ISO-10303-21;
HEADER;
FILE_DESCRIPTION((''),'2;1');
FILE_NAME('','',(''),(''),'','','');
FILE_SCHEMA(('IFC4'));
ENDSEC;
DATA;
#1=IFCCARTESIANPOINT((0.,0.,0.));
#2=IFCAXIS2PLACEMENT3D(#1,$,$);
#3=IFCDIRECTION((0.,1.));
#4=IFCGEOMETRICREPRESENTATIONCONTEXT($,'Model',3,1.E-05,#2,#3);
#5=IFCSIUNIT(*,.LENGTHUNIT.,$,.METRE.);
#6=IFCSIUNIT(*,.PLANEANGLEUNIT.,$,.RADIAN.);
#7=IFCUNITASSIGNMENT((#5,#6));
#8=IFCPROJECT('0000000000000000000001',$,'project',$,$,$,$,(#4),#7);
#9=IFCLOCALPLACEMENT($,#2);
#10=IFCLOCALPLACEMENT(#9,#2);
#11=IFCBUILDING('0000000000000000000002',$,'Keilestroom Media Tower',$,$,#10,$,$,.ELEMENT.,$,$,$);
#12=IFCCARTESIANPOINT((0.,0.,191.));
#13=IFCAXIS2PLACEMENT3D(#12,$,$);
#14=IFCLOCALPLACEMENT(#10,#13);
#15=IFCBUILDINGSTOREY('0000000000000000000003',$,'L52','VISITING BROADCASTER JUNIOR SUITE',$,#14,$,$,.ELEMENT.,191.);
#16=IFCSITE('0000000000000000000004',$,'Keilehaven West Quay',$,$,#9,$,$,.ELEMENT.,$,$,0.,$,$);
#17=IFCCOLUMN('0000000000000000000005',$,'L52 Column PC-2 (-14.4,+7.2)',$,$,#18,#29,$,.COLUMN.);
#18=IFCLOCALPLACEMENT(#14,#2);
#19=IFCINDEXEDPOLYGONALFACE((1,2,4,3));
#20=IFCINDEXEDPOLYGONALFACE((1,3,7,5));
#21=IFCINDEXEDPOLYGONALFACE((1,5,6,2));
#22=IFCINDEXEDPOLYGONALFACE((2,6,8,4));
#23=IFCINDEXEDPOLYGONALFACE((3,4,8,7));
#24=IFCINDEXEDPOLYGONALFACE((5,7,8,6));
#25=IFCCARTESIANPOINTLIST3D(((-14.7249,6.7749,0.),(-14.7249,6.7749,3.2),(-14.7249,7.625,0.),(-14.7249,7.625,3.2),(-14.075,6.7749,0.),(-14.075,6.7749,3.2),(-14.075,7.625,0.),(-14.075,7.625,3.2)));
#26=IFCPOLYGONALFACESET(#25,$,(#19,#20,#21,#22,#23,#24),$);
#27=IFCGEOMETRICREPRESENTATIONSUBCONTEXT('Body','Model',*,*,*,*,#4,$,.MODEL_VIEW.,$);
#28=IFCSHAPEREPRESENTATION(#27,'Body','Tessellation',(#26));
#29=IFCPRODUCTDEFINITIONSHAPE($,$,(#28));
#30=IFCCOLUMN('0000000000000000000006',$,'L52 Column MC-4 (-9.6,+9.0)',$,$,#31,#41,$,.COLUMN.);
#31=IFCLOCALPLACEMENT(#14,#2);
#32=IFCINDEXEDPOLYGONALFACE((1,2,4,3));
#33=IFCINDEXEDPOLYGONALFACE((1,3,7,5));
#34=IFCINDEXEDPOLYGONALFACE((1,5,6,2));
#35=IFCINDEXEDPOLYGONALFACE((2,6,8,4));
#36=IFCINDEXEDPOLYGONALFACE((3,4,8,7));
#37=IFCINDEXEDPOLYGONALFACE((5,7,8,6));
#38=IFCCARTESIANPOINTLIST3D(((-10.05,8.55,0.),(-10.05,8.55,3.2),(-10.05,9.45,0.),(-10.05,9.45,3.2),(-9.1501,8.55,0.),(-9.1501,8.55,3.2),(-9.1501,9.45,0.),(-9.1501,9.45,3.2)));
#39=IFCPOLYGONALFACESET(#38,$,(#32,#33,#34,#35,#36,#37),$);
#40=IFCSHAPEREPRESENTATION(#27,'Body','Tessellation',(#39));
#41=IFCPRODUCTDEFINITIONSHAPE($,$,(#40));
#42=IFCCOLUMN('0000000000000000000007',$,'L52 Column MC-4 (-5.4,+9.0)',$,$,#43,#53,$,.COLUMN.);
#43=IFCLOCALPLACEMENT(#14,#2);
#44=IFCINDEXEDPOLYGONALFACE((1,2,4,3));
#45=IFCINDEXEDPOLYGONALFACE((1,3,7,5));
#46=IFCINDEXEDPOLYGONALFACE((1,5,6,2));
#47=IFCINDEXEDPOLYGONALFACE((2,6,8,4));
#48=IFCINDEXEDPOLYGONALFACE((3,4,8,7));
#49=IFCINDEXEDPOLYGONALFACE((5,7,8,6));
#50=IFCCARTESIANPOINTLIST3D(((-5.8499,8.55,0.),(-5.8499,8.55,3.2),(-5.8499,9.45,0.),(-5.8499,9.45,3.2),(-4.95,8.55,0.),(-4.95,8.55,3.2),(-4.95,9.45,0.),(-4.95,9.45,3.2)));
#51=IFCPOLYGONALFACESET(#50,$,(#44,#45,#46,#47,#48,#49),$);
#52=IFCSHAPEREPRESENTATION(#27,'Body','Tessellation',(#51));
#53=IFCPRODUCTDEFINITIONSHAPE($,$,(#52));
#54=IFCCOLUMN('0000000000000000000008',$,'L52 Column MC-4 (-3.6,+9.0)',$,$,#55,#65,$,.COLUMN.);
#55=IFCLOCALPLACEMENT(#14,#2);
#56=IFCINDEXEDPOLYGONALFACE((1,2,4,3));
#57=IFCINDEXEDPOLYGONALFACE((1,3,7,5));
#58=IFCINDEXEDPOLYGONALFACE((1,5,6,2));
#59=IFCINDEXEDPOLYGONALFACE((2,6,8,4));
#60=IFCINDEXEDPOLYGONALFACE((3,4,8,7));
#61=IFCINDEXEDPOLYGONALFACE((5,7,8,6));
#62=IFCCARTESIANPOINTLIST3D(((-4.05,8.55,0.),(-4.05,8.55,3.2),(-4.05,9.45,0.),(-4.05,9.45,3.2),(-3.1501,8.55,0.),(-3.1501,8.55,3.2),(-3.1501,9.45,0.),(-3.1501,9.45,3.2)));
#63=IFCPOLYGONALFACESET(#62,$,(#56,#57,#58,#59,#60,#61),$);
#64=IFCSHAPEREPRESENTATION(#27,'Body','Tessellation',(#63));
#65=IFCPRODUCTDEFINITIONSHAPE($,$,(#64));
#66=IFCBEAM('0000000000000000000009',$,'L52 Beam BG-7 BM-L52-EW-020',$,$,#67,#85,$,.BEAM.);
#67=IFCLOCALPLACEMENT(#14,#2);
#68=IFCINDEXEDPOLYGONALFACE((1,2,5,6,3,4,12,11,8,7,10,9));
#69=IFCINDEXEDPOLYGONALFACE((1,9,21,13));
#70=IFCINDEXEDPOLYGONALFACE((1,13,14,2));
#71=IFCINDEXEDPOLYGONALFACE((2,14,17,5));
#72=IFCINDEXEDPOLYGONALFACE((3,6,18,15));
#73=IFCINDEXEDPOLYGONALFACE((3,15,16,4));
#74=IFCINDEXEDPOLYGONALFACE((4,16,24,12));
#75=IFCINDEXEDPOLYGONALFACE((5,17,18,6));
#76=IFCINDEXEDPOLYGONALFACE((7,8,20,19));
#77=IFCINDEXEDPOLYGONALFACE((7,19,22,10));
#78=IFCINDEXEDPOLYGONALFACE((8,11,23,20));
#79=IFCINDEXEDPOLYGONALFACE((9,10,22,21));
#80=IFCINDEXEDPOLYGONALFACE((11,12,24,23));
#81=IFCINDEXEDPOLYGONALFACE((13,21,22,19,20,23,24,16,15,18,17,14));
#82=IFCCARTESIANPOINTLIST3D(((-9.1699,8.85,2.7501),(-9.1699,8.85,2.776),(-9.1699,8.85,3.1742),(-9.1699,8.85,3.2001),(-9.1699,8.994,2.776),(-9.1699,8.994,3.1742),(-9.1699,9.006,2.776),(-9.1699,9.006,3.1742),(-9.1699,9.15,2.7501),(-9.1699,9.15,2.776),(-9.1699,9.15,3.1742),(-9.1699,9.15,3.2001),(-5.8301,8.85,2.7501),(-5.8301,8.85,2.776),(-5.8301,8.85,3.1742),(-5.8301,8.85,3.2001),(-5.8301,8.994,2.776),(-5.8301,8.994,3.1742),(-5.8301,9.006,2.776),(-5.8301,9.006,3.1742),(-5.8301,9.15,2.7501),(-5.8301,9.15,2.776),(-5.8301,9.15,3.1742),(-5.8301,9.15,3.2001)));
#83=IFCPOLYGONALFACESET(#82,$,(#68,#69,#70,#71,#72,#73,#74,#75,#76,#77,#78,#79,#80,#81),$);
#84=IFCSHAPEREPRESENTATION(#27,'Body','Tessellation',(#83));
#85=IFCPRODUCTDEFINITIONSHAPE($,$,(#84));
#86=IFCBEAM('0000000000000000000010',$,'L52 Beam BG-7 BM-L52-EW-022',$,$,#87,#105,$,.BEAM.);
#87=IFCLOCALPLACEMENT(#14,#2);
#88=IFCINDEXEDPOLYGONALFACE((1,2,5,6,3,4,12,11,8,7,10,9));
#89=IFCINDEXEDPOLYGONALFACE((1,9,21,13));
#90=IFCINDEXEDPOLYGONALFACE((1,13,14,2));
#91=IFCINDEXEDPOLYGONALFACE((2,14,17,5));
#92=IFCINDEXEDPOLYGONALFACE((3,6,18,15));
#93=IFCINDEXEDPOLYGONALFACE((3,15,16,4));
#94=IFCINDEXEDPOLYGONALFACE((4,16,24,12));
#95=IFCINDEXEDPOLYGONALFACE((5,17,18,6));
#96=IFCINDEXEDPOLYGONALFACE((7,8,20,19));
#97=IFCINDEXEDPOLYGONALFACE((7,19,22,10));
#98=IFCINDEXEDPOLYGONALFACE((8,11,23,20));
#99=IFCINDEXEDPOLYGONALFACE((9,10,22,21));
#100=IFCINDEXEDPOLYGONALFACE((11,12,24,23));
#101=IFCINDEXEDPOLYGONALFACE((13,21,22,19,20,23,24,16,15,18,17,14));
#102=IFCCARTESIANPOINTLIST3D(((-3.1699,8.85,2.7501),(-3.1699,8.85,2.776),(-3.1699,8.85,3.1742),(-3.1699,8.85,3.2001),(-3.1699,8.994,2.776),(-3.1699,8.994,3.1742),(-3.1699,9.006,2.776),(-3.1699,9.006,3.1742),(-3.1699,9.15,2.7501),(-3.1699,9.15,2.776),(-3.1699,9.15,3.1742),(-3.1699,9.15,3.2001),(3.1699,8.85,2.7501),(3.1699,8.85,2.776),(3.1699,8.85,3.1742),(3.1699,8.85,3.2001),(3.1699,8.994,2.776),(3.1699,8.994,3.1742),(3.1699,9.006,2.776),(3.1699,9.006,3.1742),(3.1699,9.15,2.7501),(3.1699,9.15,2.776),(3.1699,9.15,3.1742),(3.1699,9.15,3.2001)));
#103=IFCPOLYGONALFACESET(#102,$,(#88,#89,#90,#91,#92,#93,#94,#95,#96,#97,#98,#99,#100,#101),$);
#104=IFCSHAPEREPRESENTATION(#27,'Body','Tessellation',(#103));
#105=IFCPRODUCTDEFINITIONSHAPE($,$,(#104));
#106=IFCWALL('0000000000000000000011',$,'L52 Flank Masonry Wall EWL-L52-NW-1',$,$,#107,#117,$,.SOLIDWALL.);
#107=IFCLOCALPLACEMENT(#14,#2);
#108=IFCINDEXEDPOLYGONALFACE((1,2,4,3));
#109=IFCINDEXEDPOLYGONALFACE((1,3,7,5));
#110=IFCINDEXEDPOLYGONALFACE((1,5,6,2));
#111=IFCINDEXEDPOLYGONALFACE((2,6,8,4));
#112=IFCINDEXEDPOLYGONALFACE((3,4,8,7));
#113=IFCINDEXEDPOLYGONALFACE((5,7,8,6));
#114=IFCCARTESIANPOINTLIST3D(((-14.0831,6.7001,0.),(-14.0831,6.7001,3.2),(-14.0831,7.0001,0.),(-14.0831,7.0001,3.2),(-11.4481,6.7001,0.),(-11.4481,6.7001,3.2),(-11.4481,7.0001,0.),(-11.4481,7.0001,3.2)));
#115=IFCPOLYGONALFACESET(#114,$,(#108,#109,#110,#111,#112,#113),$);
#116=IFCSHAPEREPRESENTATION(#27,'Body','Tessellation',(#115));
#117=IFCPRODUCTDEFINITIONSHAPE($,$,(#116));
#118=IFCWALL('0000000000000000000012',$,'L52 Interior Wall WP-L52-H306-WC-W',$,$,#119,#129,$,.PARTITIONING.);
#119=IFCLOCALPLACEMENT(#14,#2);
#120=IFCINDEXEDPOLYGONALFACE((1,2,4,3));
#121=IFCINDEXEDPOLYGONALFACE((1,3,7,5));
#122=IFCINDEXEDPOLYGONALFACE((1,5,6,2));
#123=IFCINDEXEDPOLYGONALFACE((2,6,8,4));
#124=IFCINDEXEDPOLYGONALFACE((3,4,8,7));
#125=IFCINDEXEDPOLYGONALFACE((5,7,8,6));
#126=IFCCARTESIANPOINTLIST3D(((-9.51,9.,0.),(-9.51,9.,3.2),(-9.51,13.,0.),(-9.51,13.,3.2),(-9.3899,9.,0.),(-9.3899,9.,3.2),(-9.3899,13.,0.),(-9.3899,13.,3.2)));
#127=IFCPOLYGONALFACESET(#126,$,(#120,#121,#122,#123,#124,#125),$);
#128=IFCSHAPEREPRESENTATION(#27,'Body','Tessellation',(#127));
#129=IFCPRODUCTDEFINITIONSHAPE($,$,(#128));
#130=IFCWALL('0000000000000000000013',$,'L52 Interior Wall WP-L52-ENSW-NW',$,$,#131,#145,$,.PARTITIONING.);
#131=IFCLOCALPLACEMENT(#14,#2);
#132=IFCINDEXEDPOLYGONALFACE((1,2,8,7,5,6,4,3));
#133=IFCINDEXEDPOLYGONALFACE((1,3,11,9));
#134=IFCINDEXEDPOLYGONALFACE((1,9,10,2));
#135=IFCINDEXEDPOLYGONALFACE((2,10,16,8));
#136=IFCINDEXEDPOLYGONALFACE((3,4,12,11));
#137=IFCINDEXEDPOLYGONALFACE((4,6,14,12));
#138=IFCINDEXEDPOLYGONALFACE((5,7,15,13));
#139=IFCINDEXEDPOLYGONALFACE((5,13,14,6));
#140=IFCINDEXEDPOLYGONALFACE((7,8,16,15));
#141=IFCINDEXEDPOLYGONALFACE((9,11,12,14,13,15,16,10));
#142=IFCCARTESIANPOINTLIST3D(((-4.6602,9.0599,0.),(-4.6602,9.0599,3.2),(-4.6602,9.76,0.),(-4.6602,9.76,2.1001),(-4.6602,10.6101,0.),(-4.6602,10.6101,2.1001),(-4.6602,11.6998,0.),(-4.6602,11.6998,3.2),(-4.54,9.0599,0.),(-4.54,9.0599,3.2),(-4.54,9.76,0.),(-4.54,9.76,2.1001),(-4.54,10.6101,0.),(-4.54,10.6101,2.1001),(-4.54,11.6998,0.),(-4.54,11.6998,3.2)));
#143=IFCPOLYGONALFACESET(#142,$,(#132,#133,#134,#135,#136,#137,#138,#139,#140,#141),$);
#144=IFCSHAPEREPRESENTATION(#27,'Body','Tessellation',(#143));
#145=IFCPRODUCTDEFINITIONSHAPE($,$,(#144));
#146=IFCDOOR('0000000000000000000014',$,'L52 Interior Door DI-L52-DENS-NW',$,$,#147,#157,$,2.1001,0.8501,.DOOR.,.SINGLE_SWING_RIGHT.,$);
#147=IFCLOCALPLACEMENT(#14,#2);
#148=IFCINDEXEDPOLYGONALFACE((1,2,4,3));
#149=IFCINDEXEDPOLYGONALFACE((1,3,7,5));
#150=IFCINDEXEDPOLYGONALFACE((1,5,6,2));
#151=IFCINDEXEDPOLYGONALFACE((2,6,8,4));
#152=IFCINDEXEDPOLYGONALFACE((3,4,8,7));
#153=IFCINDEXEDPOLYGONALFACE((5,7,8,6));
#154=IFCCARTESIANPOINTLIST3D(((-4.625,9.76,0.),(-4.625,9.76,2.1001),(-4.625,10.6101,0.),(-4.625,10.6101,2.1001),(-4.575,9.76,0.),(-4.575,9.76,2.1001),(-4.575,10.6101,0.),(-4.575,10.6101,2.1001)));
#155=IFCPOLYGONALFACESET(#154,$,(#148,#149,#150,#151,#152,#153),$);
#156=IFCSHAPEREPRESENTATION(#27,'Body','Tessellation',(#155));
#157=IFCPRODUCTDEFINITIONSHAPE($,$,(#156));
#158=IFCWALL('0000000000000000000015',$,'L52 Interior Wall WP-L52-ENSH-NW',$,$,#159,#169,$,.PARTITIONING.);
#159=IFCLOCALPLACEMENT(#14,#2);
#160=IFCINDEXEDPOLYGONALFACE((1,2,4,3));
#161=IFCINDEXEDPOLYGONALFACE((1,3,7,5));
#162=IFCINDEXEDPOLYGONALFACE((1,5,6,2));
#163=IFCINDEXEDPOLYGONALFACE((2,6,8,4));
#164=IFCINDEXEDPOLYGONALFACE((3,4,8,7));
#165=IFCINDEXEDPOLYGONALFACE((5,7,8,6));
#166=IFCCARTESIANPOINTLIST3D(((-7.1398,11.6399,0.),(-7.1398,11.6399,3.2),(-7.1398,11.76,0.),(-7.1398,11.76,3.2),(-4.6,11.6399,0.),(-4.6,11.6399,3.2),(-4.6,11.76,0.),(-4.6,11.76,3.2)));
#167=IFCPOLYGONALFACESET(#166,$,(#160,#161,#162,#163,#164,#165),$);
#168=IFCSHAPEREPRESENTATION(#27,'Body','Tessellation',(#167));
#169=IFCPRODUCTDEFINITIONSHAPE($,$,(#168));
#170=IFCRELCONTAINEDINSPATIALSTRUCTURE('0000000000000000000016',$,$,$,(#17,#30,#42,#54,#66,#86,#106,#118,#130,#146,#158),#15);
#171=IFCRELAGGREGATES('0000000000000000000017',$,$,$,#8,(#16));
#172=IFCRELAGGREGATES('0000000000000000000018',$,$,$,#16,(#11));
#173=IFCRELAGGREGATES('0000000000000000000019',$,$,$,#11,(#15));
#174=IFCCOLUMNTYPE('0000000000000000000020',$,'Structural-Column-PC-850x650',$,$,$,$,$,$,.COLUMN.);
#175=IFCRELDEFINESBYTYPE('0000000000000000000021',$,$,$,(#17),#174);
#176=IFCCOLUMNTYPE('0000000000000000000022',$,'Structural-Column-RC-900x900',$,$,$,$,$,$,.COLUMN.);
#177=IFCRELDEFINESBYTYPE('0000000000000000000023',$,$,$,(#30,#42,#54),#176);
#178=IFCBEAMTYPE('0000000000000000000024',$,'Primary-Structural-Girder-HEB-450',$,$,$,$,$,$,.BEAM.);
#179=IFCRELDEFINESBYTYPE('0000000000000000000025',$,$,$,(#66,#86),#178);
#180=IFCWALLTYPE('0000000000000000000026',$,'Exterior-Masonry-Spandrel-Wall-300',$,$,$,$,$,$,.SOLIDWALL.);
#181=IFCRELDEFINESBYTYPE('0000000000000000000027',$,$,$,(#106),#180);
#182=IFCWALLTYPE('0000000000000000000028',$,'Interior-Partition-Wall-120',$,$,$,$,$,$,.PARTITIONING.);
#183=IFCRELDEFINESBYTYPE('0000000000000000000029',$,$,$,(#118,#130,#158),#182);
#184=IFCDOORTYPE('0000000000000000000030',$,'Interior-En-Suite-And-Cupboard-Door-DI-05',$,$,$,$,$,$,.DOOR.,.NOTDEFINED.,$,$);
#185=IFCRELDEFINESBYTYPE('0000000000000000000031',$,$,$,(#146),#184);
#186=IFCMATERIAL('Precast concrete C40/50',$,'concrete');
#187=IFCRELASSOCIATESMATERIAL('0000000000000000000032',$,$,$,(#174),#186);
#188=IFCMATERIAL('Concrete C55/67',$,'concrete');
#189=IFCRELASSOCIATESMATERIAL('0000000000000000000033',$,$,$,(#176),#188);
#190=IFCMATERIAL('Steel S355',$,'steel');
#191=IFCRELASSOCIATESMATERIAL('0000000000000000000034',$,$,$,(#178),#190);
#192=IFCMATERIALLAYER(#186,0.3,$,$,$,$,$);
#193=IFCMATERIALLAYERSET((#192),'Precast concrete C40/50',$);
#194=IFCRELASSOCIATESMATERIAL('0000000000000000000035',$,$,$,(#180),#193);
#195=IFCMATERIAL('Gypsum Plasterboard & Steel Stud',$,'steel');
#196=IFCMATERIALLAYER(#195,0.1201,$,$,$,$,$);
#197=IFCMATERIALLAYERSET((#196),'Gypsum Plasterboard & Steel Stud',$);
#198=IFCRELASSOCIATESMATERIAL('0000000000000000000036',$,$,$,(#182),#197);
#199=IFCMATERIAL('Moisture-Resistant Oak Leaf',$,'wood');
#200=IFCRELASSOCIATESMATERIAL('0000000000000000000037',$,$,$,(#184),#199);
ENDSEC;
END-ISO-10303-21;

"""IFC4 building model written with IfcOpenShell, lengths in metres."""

from ifc_helpers import new_model, si_unit, direction, frame, frame_2d, origin, origin_2d, place, context, subcontext, project, spatial, rectangle, i_section, extrude, source, transform, mapped, material, layer, layer_set, material_profile, profile_set, type_object, element, fill, save


model = new_model("IFC4")

# Units and contexts
model_context = context("Model", 3, precision=1e-05, world=origin(), true_north=direction((0.0, 1.0)))
body_context = subcontext(model_context, "Body", "Model", "MODEL_VIEW")
ifc_project = project(units=[si_unit("LENGTHUNIT", "METRE"), si_unit("PLANEANGLEUNIT", "RADIAN")], contexts=[model_context])

# Site, building, storey
site_placement = place(None, origin())
site = spatial("IfcSite", under=ifc_project, at=site_placement, Name="Keilehaven West Quay", CompositionType="ELEMENT", RefElevation=0.0)
building_placement = place(site_placement, origin())
building = spatial("IfcBuilding", under=site, at=building_placement, Name="Keilestroom Media Tower", CompositionType="ELEMENT")
storey_placement = place(building_placement, frame((0.0, 0.0, 191.0)))
storey = spatial("IfcBuildingStorey", under=building, at=storey_placement, Name="L52", Description="VISITING BROADCASTER JUNIOR SUITE", CompositionType="ELEMENT", Elevation=191.0)

# Columns
ifc_material_1 = material(Name="Precast concrete C40/50", Category="concrete")
ifc_material_profile_1 = material_profile(ifc_material_1, rectangle(XDim=0.6499, YDim=0.8501, at=origin_2d()), Name="PC 850x650")
ifc_profile_set_1 = profile_set([ifc_material_profile_1], Name="Precast concrete C40/50")
column_type_1 = type_object("IfcColumnType", Name="Structural-Column-PC-850x650", PredefinedType="COLUMN", material=ifc_profile_set_1)
shared_shape_1 = source(origin(), body_context, "Body", "SweptSolid", [
    extrude(rectangle(XDim=0.6499, YDim=0.8501, at=origin_2d()), origin(), (0.0, 0.0, 1.0), 3.2),
])
column_placement = place(storey_placement, frame((-14.3999, 7.2, 0.0), z_axis=(0.0, 0.0, 1.0), x_axis=(1.0, 0.0, 0.0)))
element("IfcColumn", 1, at=column_placement, inside=storey, type_object=column_type_1, Name="L52 Column PC-2 (-14.4,+7.2)", PredefinedType="COLUMN", context=body_context, shape_type="MappedRepresentation", body=[
    mapped(shared_shape_1, transform((0.0, 0.0, 0.0), x_axis=(1.0, 0.0, 0.0), y_axis=(0.0, 1.0, 0.0), z_axis=(0.0, 0.0, 1.0), scale=1.0)),
])
ifc_material_2 = material(Name="Concrete C55/67", Category="concrete")
ifc_material_profile_2 = material_profile(ifc_material_2, rectangle(XDim=0.8999, YDim=0.8999, at=origin_2d()), Name="RC 900x900")
ifc_profile_set_2 = profile_set([ifc_material_profile_2], Name="Concrete C55/67")
column_type_2 = type_object("IfcColumnType", Name="Structural-Column-RC-900x900", PredefinedType="COLUMN", material=ifc_profile_set_2)
shared_shape_2 = source(origin(), body_context, "Body", "SweptSolid", [
    extrude(rectangle(XDim=0.8999, YDim=0.8999, at=origin_2d()), origin(), (0.0, 0.0, 1.0), 3.2),
])
for number, where, z_axis, x_axis, name in (
    (2, (-9.6001, 9.0, 0.0), (0.0, 0.0, 1.0), (1.0, 0.0, 0.0), "L52 Column MC-4 (-9.6,+9.0)"),
    (3, (-5.3999, 9.0, 0.0), (0.0, 0.0, 1.0), (1.0, 0.0, 0.0), "L52 Column MC-4 (-5.4,+9.0)"),
    (4, (-3.6001, 9.0, 0.0), (0.0, 0.0, 1.0), (1.0, 0.0, 0.0), "L52 Column MC-4 (-3.6,+9.0)"),
):
    element("IfcColumn", number, at=place(storey_placement, frame(where, z_axis=z_axis, x_axis=x_axis)), inside=storey, type_object=column_type_2, Name=name, PredefinedType="COLUMN", context=body_context, shape_type="MappedRepresentation", body=[
        mapped(shared_shape_2, transform((0.0, 0.0, 0.0), x_axis=(1.0, 0.0, 0.0), y_axis=(0.0, 1.0, 0.0), z_axis=(0.0, 0.0, 1.0), scale=1.0)),
    ])

# Beams
ifc_material_3 = material(Name="Steel S355", Category="steel")
ifc_material_profile_3 = material_profile(ifc_material_3, i_section(OverallWidth=0.3, OverallDepth=0.45, WebThickness=0.012, FlangeThickness=0.0259, at=origin_2d()), Name="HEB 450")
ifc_profile_set_3 = profile_set([ifc_material_profile_3], Name="Steel S355")
beam_type = type_object("IfcBeamType", Name="Primary-Structural-Girder-HEB-450", PredefinedType="BEAM", material=ifc_profile_set_3)
shared_shape_3 = source(origin(), body_context, "Body", "SweptSolid", [
    extrude(i_section(OverallWidth=0.3, OverallDepth=0.45, WebThickness=0.012, FlangeThickness=0.0259, at=origin_2d()), origin(), (0.0, 0.0, 1.0), 3.3398),
])
beam_1_placement = place(storey_placement, frame((-9.1699, 9.0, 2.9751), z_axis=(1.0, 0.0, 0.0), x_axis=(0.0, 1.0, 0.0)))
element("IfcBeam", 5, at=beam_1_placement, inside=storey, type_object=beam_type, Name="L52 Beam BG-7 BM-L52-EW-020", PredefinedType="BEAM", context=body_context, shape_type="MappedRepresentation", body=[
    mapped(shared_shape_3, transform((0.0, 0.0, 0.0), x_axis=(1.0, 0.0, 0.0), y_axis=(0.0, 1.0, 0.0), z_axis=(0.0, 0.0, 1.0), scale=1.0)),
])
shared_shape_4 = source(origin(), body_context, "Body", "SweptSolid", [
    extrude(i_section(OverallWidth=0.3, OverallDepth=0.45, WebThickness=0.012, FlangeThickness=0.0259, at=origin_2d()), origin(), (0.0, 0.0, 1.0), 6.3398),
])
beam_2_placement = place(storey_placement, frame((-3.1699, 9.0, 2.9751), z_axis=(1.0, 0.0, 0.0), x_axis=(0.0, 1.0, 0.0)))
element("IfcBeam", 6, at=beam_2_placement, inside=storey, type_object=beam_type, Name="L52 Beam BG-7 BM-L52-EW-022", PredefinedType="BEAM", context=body_context, shape_type="MappedRepresentation", body=[
    mapped(shared_shape_4, transform((0.0, 0.0, 0.0), x_axis=(1.0, 0.0, 0.0), y_axis=(0.0, 1.0, 0.0), z_axis=(0.0, 0.0, 1.0), scale=1.0)),
])

# Walls
ifc_layer_1 = layer(ifc_material_1, 0.3)
ifc_layer_set_1 = layer_set([ifc_layer_1], Name="Precast concrete C40/50")
wall_type_1 = type_object("IfcWallType", Name="Exterior-Masonry-Spandrel-Wall-300", PredefinedType="SOLIDWALL", material=ifc_layer_set_1)
wall_1_placement = place(storey_placement, frame((-14.083, 6.8501, 0.0), z_axis=(0.0, 0.0, 1.0), x_axis=(1.0, 0.0, 0.0)))
element("IfcWall", 7, at=wall_1_placement, inside=storey, type_object=wall_type_1, Name="L52 Flank Masonry Wall EWL-L52-NW-1", PredefinedType="SOLIDWALL", context=body_context, shape_type="SweptSolid", body=[
    extrude(rectangle(XDim=2.635, YDim=0.3, at=frame_2d((1.3174, 0.0))), origin(), (0.0, 0.0, 1.0), 3.2),
])
ifc_material_4 = material(Name="Gypsum Plasterboard & Steel Stud", Category="steel")
ifc_layer_2 = layer(ifc_material_4, 0.1201)
ifc_layer_set_2 = layer_set([ifc_layer_2], Name="Gypsum Plasterboard & Steel Stud")
wall_type_2 = type_object("IfcWallType", Name="Interior-Partition-Wall-120", PredefinedType="PARTITIONING", material=ifc_layer_set_2)
wall_2_placement = place(storey_placement, frame((-9.45, 9.0, 0.0), z_axis=(0.0, 0.0, 1.0), x_axis=(0.0, 1.0, 0.0)))
element("IfcWall", 8, at=wall_2_placement, inside=storey, type_object=wall_type_2, Name="L52 Interior Wall WP-L52-H306-WC-W", PredefinedType="PARTITIONING", context=body_context, shape_type="SweptSolid", body=[
    extrude(rectangle(XDim=4.0, YDim=0.1201, at=frame_2d((2.0, 0.0))), origin(), (0.0, 0.0, 1.0), 3.2),
])

# Wall, opening, door
wall_3_placement = place(storey_placement, frame((-4.6001, 9.0601, 0.0), z_axis=(0.0, 0.0, 1.0), x_axis=(0.0, 1.0, 0.0)))
wall_3 = element("IfcWall", 9, at=wall_3_placement, inside=storey, type_object=wall_type_2, Name="L52 Interior Wall WP-L52-ENSW-NW", PredefinedType="PARTITIONING", context=body_context, shape_type="SweptSolid", body=[
    extrude(rectangle(XDim=2.6399, YDim=0.1201, at=frame_2d((1.3198, 0.0))), origin(), (0.0, 0.0, 1.0), 3.2),
])
opening_1_placement = place(wall_3_placement, frame((0.7, 0.0, 0.0)))
opening_1 = element("IfcOpeningElement", 10, at=opening_1_placement, cuts=wall_3, PredefinedType="OPENING", context=body_context, shape_type="SweptSolid", body=[
    extrude(rectangle(XDim=0.8501, YDim=2.1001, at=frame_2d((0.425, 1.05))), frame((0.0, 0.0701, 0.0), z_axis=(0.0, -1.0, 0.0), x_axis=(1.0, 0.0, 0.0)), (0.0, 0.0, 1.0), 0.1401),
])
ifc_material_5 = material(Name="Moisture-Resistant Oak Leaf", Category="wood")
door_type_1 = type_object("IfcDoorType", Name="Interior-En-Suite-And-Cupboard-Door-DI-05", OperationType="NOTDEFINED", PredefinedType="DOOR", material=ifc_material_5)
shared_shape_5 = source(origin(), body_context, "Body", "SweptSolid", [
    extrude(rectangle(XDim=0.8501, YDim=2.1001, at=frame_2d((0.425, 1.05))), frame((0.0, 0.0249, 0.0), z_axis=(0.0, -1.0, 0.0), x_axis=(1.0, 0.0, 0.0)), (0.0, 0.0, 1.0), 0.05),
])
door_1_placement = place(opening_1_placement, origin())
door_1 = element("IfcDoor", 11, at=door_1_placement, inside=storey, type_object=door_type_1, Name="L52 Interior Door DI-L52-DENS-NW", OperationType="SINGLE_SWING_RIGHT", OverallHeight=2.1001, OverallWidth=0.8501, PredefinedType="DOOR", context=body_context, shape_type="MappedRepresentation", body=[
    mapped(shared_shape_5, transform((0.0, 0.0, 0.0), x_axis=(1.0, 0.0, 0.0), y_axis=(0.0, 1.0, 0.0), z_axis=(0.0, 0.0, 1.0), scale=1.0)),
])
fill(opening_1, door_1)

# Wall
wall_4_placement = place(storey_placement, frame((-7.1399, 11.7, 0.0), z_axis=(0.0, 0.0, 1.0), x_axis=(1.0, 0.0, 0.0)))
element("IfcWall", 12, at=wall_4_placement, inside=storey, type_object=wall_type_2, Name="L52 Interior Wall WP-L52-ENSH-NW", PredefinedType="PARTITIONING", context=body_context, shape_type="SweptSolid", body=[
    extrude(rectangle(XDim=2.5398, YDim=0.1201, at=frame_2d((1.27, 0.0))), origin(), (0.0, 0.0, 1.0), 3.2),
])

save(model, "model.ifc")
